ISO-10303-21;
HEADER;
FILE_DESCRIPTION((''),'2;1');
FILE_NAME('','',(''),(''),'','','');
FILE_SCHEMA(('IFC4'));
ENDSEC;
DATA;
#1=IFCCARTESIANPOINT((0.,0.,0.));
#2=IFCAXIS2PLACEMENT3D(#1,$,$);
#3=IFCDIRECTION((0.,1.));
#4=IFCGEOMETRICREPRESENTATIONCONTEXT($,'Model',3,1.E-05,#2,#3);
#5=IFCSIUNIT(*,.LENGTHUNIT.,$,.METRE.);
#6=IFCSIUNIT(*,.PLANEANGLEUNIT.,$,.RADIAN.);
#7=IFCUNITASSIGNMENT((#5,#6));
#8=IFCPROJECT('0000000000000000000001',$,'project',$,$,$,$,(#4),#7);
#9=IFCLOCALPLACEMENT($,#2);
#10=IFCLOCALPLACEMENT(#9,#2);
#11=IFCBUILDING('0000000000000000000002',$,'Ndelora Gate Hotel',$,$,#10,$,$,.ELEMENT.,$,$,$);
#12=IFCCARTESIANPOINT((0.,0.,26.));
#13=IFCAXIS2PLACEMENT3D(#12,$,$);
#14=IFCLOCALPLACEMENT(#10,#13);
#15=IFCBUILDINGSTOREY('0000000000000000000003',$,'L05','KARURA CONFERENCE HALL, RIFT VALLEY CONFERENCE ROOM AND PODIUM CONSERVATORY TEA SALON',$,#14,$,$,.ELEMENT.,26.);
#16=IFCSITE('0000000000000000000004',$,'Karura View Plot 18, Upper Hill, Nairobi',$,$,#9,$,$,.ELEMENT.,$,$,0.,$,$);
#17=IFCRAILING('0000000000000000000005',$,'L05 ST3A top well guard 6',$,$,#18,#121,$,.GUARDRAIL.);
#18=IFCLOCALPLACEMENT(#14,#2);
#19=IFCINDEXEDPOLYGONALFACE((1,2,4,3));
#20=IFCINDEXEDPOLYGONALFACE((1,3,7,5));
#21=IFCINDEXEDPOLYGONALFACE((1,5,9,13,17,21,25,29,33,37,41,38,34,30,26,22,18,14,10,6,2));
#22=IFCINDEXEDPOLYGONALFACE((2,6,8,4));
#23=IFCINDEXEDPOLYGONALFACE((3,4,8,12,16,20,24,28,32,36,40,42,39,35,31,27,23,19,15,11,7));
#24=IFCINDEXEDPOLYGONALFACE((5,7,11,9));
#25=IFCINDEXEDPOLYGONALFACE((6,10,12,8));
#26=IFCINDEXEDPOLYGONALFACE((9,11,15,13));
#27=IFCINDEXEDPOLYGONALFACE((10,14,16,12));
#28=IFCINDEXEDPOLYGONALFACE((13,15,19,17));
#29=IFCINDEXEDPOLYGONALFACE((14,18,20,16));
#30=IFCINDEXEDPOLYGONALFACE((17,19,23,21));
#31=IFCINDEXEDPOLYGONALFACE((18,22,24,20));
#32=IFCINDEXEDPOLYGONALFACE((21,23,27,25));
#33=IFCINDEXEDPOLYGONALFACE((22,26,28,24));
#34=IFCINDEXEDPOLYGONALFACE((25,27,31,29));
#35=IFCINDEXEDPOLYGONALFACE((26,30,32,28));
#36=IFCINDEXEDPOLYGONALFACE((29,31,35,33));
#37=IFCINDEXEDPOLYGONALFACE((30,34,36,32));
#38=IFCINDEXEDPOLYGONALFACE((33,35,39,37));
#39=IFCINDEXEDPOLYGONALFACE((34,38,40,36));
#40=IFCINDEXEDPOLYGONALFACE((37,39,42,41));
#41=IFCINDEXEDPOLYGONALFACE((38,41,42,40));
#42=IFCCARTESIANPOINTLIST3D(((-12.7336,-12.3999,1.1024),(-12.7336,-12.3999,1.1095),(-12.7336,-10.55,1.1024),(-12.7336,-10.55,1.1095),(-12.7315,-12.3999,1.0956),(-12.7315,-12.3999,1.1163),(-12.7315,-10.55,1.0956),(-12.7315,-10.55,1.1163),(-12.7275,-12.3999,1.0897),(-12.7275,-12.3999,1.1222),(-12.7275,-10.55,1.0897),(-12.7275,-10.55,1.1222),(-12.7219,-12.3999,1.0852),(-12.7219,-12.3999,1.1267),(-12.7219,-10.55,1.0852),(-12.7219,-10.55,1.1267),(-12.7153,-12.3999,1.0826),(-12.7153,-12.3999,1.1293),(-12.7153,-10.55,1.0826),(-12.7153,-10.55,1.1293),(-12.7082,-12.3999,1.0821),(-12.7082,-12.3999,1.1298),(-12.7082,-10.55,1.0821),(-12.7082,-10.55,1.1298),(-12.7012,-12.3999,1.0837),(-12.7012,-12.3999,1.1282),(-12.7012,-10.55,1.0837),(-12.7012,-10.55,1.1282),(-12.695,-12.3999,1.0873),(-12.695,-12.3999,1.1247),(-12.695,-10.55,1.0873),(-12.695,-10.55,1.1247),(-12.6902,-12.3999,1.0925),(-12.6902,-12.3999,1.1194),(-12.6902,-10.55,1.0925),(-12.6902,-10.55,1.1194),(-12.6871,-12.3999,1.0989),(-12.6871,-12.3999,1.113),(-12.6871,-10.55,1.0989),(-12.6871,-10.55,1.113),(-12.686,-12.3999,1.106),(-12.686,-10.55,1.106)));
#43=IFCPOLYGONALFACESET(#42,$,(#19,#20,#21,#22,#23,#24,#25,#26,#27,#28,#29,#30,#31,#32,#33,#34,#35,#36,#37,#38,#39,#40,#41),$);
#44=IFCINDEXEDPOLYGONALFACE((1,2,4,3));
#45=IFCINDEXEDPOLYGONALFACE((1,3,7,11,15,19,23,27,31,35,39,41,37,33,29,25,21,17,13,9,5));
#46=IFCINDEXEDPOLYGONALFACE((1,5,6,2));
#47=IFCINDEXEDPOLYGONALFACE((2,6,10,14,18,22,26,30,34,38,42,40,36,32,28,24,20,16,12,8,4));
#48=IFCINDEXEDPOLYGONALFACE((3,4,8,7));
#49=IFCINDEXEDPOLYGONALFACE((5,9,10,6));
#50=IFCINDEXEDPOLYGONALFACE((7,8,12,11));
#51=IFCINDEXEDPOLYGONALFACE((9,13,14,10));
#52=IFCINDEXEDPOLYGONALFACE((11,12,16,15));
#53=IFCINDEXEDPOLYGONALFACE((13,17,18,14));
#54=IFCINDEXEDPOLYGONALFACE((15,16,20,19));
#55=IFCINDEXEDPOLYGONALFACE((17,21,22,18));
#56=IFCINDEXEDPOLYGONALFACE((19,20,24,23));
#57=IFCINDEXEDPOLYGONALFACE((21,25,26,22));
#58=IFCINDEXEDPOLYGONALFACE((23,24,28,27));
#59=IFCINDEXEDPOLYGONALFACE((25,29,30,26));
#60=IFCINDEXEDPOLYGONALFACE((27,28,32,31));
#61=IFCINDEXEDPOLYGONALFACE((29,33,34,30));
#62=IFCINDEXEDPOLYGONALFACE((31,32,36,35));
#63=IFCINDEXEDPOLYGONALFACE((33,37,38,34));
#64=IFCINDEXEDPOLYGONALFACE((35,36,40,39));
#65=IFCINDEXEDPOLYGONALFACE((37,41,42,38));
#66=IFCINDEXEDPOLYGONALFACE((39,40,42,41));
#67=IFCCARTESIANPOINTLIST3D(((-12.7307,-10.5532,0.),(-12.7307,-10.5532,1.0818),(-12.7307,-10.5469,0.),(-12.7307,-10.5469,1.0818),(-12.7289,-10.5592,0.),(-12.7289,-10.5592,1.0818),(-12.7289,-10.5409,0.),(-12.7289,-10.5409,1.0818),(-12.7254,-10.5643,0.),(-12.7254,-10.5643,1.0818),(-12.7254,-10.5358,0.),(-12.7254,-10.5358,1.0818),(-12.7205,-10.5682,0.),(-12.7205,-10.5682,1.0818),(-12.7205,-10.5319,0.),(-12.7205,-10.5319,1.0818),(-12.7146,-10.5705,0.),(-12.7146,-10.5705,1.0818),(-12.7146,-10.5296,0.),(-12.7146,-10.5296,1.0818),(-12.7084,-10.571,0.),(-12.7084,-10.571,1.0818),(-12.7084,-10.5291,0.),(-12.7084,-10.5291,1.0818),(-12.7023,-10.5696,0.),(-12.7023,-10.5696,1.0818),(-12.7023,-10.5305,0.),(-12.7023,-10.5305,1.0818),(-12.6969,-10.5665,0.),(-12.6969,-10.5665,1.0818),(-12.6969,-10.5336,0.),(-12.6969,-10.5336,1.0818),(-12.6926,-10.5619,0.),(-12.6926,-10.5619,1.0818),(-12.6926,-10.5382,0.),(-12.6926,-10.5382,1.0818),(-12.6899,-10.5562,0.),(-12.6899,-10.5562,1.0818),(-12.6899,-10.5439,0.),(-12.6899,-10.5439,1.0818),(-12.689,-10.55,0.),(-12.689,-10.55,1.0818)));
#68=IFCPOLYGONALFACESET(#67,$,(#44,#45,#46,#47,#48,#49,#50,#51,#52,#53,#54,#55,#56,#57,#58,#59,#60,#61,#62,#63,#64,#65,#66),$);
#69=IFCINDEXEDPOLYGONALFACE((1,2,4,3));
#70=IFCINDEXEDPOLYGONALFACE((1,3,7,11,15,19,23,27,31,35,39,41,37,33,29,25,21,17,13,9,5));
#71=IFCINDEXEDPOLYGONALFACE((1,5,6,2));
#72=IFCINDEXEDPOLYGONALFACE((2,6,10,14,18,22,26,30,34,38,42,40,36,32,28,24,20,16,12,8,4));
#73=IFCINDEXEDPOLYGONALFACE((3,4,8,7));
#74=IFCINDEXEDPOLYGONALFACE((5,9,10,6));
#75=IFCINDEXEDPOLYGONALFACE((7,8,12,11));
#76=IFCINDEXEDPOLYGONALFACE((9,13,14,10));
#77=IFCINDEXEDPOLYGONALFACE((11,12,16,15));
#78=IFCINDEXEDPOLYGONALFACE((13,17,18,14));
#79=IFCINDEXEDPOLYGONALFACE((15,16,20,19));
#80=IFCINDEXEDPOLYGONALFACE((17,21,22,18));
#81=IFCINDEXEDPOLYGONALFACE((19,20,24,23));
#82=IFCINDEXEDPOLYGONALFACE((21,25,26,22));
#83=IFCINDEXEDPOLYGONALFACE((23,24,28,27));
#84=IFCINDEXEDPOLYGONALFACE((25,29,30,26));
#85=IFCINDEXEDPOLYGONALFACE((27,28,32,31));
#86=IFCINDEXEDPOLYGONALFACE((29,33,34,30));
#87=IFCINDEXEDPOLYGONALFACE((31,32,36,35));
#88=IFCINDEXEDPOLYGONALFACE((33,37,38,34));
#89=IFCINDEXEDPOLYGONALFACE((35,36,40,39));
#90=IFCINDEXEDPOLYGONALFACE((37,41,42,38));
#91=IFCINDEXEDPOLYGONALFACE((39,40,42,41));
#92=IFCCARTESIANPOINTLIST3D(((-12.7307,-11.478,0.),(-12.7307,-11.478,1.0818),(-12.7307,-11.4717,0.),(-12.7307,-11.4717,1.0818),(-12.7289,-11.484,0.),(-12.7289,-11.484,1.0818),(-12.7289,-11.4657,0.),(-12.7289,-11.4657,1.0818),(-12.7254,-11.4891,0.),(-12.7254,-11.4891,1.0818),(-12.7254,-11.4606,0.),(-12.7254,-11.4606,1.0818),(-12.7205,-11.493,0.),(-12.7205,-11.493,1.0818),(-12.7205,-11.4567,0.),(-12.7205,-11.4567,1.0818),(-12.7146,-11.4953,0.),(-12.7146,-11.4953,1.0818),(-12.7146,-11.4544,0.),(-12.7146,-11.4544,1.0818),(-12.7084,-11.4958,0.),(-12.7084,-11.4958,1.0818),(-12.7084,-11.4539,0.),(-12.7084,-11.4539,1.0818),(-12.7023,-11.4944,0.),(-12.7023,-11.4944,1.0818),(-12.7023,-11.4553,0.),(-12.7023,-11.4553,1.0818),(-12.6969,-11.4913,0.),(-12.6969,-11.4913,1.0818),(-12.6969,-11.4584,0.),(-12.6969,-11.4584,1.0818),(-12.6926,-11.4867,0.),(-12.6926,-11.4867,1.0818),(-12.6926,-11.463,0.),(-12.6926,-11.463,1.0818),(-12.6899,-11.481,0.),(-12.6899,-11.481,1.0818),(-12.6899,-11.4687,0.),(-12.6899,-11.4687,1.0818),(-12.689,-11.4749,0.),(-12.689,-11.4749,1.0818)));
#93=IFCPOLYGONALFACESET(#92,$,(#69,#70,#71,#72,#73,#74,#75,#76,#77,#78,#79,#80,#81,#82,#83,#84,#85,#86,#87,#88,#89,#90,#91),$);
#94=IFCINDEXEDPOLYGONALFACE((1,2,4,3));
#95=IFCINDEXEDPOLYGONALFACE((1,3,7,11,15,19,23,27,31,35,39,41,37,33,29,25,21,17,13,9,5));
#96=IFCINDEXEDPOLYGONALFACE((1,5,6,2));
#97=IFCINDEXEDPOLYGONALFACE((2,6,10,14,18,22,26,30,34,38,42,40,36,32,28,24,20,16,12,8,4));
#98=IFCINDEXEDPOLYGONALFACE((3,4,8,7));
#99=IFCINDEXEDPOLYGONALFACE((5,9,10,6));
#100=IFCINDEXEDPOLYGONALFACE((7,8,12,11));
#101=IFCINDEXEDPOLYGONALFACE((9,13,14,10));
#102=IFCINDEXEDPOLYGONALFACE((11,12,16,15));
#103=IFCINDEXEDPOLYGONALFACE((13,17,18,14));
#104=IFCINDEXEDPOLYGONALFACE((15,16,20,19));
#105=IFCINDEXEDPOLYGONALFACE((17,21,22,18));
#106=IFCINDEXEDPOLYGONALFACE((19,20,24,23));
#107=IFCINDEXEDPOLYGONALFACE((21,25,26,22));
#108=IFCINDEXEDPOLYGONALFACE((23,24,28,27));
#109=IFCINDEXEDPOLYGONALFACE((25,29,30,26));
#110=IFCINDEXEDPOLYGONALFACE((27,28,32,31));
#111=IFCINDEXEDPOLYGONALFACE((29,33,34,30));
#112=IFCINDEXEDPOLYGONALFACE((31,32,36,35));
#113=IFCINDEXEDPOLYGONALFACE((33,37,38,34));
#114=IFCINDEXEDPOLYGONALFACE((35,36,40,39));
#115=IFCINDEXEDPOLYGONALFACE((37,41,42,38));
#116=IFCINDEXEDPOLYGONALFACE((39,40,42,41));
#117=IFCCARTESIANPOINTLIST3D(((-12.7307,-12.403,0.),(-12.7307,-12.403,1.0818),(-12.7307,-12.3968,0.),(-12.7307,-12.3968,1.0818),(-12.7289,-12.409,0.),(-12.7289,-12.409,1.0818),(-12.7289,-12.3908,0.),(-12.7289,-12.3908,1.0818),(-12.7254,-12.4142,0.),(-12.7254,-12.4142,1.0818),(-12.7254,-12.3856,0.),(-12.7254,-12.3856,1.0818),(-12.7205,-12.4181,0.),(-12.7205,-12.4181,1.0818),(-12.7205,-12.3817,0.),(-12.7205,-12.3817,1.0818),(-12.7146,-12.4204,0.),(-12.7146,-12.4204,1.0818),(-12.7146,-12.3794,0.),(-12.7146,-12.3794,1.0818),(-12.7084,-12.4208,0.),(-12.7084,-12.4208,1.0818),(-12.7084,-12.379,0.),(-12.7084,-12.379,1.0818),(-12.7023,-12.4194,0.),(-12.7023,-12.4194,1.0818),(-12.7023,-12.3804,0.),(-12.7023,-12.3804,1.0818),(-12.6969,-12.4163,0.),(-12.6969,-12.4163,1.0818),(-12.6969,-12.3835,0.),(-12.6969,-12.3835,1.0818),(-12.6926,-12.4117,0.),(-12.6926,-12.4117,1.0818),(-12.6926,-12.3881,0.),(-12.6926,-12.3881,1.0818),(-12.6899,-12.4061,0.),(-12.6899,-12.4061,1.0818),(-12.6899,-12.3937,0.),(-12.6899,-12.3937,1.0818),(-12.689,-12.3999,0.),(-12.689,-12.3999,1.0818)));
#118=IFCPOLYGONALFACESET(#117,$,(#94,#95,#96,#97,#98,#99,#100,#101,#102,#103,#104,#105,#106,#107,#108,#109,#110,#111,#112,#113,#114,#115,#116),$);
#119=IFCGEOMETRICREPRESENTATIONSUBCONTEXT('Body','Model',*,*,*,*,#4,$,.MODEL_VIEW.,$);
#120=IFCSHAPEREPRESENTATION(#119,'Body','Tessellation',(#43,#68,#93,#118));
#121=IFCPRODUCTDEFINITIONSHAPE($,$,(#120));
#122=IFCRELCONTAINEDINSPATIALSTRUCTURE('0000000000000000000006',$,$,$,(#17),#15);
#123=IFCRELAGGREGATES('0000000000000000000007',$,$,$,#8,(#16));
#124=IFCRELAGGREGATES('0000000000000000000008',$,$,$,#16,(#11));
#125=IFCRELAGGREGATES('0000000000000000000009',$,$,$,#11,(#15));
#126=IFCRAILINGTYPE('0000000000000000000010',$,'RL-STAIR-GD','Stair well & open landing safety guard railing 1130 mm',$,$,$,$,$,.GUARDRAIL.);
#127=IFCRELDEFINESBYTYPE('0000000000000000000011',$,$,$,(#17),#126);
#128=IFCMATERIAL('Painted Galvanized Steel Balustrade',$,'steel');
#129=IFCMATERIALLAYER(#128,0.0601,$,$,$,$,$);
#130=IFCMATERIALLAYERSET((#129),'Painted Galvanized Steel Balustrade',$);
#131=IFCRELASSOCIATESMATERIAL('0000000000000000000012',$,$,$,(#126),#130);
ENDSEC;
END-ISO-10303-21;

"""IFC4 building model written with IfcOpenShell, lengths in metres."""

from ifc_helpers import new_model, si_unit, direction, frame, origin, origin_2d, place, context, subcontext, project, spatial, circle, extrude, material, layer, layer_set, type_object, element, save


model = new_model("IFC4")

# Units and contexts
model_context = context("Model", 3, precision=1e-05, world=origin(), true_north=direction((0.0, 1.0)))
body_context = subcontext(model_context, "Body", "Model", "MODEL_VIEW")
ifc_project = project(units=[si_unit("LENGTHUNIT", "METRE"), si_unit("PLANEANGLEUNIT", "RADIAN")], contexts=[model_context])

# Site, building, storey
site_placement = place(None, origin())
site = spatial("IfcSite", under=ifc_project, at=site_placement, Name="Karura View Plot 18, Upper Hill, Nairobi", CompositionType="ELEMENT", RefElevation=0.0)
building_placement = place(site_placement, origin())
building = spatial("IfcBuilding", under=site, at=building_placement, Name="Ndelora Gate Hotel", CompositionType="ELEMENT")
storey_placement = place(building_placement, frame((0.0, 0.0, 26.0)))
storey = spatial("IfcBuildingStorey", under=building, at=storey_placement, Name="L05", Description="KARURA CONFERENCE HALL, RIFT VALLEY CONFERENCE ROOM AND PODIUM CONSERVATORY TEA SALON", CompositionType="ELEMENT", Elevation=26.0)

# Railing
ifc_material_1 = material(Name="Painted Galvanized Steel Balustrade", Category="steel")
ifc_layer_1 = layer(ifc_material_1, 0.0601)
ifc_layer_set_1 = layer_set([ifc_layer_1], Name="Painted Galvanized Steel Balustrade")
railing_type = type_object("IfcRailingType", Name="RL-STAIR-GD", Description="Stair well & open landing safety guard railing 1130 mm", PredefinedType="GUARDRAIL", material=ifc_layer_set_1)
for number, where, name in (
    (1, (-12.71, -10.55, 0.0), "L05 ST3A top well guard 6"),
):
    element("IfcRailing", number, at=place(storey_placement, frame(where)), inside=storey, type_object=railing_type, Name=name, PredefinedType="GUARDRAIL", context=body_context, shape_type="SweptSolid", body=[
        extrude(circle(Radius=0.0239, at=origin_2d()), frame((0.0, 0.0, 1.106), z_axis=(0.0, -1.0, 0.0), x_axis=(1.0, 0.0, 0.0)), (0.0, 0.0, 1.0), 1.8499),
        extrude(circle(Radius=0.021, at=origin_2d()), origin(), (0.0, 0.0, 1.0), 1.0818),
        extrude(circle(Radius=0.021, at=origin_2d()), frame((0.0, -0.9248, 0.0)), (0.0, 0.0, 1.0), 1.0818),
        extrude(circle(Radius=0.021, at=origin_2d()), frame((0.0, -1.8499, 0.0)), (0.0, 0.0, 1.0), 1.0818),
    ])

save(model, "model.ifc")
